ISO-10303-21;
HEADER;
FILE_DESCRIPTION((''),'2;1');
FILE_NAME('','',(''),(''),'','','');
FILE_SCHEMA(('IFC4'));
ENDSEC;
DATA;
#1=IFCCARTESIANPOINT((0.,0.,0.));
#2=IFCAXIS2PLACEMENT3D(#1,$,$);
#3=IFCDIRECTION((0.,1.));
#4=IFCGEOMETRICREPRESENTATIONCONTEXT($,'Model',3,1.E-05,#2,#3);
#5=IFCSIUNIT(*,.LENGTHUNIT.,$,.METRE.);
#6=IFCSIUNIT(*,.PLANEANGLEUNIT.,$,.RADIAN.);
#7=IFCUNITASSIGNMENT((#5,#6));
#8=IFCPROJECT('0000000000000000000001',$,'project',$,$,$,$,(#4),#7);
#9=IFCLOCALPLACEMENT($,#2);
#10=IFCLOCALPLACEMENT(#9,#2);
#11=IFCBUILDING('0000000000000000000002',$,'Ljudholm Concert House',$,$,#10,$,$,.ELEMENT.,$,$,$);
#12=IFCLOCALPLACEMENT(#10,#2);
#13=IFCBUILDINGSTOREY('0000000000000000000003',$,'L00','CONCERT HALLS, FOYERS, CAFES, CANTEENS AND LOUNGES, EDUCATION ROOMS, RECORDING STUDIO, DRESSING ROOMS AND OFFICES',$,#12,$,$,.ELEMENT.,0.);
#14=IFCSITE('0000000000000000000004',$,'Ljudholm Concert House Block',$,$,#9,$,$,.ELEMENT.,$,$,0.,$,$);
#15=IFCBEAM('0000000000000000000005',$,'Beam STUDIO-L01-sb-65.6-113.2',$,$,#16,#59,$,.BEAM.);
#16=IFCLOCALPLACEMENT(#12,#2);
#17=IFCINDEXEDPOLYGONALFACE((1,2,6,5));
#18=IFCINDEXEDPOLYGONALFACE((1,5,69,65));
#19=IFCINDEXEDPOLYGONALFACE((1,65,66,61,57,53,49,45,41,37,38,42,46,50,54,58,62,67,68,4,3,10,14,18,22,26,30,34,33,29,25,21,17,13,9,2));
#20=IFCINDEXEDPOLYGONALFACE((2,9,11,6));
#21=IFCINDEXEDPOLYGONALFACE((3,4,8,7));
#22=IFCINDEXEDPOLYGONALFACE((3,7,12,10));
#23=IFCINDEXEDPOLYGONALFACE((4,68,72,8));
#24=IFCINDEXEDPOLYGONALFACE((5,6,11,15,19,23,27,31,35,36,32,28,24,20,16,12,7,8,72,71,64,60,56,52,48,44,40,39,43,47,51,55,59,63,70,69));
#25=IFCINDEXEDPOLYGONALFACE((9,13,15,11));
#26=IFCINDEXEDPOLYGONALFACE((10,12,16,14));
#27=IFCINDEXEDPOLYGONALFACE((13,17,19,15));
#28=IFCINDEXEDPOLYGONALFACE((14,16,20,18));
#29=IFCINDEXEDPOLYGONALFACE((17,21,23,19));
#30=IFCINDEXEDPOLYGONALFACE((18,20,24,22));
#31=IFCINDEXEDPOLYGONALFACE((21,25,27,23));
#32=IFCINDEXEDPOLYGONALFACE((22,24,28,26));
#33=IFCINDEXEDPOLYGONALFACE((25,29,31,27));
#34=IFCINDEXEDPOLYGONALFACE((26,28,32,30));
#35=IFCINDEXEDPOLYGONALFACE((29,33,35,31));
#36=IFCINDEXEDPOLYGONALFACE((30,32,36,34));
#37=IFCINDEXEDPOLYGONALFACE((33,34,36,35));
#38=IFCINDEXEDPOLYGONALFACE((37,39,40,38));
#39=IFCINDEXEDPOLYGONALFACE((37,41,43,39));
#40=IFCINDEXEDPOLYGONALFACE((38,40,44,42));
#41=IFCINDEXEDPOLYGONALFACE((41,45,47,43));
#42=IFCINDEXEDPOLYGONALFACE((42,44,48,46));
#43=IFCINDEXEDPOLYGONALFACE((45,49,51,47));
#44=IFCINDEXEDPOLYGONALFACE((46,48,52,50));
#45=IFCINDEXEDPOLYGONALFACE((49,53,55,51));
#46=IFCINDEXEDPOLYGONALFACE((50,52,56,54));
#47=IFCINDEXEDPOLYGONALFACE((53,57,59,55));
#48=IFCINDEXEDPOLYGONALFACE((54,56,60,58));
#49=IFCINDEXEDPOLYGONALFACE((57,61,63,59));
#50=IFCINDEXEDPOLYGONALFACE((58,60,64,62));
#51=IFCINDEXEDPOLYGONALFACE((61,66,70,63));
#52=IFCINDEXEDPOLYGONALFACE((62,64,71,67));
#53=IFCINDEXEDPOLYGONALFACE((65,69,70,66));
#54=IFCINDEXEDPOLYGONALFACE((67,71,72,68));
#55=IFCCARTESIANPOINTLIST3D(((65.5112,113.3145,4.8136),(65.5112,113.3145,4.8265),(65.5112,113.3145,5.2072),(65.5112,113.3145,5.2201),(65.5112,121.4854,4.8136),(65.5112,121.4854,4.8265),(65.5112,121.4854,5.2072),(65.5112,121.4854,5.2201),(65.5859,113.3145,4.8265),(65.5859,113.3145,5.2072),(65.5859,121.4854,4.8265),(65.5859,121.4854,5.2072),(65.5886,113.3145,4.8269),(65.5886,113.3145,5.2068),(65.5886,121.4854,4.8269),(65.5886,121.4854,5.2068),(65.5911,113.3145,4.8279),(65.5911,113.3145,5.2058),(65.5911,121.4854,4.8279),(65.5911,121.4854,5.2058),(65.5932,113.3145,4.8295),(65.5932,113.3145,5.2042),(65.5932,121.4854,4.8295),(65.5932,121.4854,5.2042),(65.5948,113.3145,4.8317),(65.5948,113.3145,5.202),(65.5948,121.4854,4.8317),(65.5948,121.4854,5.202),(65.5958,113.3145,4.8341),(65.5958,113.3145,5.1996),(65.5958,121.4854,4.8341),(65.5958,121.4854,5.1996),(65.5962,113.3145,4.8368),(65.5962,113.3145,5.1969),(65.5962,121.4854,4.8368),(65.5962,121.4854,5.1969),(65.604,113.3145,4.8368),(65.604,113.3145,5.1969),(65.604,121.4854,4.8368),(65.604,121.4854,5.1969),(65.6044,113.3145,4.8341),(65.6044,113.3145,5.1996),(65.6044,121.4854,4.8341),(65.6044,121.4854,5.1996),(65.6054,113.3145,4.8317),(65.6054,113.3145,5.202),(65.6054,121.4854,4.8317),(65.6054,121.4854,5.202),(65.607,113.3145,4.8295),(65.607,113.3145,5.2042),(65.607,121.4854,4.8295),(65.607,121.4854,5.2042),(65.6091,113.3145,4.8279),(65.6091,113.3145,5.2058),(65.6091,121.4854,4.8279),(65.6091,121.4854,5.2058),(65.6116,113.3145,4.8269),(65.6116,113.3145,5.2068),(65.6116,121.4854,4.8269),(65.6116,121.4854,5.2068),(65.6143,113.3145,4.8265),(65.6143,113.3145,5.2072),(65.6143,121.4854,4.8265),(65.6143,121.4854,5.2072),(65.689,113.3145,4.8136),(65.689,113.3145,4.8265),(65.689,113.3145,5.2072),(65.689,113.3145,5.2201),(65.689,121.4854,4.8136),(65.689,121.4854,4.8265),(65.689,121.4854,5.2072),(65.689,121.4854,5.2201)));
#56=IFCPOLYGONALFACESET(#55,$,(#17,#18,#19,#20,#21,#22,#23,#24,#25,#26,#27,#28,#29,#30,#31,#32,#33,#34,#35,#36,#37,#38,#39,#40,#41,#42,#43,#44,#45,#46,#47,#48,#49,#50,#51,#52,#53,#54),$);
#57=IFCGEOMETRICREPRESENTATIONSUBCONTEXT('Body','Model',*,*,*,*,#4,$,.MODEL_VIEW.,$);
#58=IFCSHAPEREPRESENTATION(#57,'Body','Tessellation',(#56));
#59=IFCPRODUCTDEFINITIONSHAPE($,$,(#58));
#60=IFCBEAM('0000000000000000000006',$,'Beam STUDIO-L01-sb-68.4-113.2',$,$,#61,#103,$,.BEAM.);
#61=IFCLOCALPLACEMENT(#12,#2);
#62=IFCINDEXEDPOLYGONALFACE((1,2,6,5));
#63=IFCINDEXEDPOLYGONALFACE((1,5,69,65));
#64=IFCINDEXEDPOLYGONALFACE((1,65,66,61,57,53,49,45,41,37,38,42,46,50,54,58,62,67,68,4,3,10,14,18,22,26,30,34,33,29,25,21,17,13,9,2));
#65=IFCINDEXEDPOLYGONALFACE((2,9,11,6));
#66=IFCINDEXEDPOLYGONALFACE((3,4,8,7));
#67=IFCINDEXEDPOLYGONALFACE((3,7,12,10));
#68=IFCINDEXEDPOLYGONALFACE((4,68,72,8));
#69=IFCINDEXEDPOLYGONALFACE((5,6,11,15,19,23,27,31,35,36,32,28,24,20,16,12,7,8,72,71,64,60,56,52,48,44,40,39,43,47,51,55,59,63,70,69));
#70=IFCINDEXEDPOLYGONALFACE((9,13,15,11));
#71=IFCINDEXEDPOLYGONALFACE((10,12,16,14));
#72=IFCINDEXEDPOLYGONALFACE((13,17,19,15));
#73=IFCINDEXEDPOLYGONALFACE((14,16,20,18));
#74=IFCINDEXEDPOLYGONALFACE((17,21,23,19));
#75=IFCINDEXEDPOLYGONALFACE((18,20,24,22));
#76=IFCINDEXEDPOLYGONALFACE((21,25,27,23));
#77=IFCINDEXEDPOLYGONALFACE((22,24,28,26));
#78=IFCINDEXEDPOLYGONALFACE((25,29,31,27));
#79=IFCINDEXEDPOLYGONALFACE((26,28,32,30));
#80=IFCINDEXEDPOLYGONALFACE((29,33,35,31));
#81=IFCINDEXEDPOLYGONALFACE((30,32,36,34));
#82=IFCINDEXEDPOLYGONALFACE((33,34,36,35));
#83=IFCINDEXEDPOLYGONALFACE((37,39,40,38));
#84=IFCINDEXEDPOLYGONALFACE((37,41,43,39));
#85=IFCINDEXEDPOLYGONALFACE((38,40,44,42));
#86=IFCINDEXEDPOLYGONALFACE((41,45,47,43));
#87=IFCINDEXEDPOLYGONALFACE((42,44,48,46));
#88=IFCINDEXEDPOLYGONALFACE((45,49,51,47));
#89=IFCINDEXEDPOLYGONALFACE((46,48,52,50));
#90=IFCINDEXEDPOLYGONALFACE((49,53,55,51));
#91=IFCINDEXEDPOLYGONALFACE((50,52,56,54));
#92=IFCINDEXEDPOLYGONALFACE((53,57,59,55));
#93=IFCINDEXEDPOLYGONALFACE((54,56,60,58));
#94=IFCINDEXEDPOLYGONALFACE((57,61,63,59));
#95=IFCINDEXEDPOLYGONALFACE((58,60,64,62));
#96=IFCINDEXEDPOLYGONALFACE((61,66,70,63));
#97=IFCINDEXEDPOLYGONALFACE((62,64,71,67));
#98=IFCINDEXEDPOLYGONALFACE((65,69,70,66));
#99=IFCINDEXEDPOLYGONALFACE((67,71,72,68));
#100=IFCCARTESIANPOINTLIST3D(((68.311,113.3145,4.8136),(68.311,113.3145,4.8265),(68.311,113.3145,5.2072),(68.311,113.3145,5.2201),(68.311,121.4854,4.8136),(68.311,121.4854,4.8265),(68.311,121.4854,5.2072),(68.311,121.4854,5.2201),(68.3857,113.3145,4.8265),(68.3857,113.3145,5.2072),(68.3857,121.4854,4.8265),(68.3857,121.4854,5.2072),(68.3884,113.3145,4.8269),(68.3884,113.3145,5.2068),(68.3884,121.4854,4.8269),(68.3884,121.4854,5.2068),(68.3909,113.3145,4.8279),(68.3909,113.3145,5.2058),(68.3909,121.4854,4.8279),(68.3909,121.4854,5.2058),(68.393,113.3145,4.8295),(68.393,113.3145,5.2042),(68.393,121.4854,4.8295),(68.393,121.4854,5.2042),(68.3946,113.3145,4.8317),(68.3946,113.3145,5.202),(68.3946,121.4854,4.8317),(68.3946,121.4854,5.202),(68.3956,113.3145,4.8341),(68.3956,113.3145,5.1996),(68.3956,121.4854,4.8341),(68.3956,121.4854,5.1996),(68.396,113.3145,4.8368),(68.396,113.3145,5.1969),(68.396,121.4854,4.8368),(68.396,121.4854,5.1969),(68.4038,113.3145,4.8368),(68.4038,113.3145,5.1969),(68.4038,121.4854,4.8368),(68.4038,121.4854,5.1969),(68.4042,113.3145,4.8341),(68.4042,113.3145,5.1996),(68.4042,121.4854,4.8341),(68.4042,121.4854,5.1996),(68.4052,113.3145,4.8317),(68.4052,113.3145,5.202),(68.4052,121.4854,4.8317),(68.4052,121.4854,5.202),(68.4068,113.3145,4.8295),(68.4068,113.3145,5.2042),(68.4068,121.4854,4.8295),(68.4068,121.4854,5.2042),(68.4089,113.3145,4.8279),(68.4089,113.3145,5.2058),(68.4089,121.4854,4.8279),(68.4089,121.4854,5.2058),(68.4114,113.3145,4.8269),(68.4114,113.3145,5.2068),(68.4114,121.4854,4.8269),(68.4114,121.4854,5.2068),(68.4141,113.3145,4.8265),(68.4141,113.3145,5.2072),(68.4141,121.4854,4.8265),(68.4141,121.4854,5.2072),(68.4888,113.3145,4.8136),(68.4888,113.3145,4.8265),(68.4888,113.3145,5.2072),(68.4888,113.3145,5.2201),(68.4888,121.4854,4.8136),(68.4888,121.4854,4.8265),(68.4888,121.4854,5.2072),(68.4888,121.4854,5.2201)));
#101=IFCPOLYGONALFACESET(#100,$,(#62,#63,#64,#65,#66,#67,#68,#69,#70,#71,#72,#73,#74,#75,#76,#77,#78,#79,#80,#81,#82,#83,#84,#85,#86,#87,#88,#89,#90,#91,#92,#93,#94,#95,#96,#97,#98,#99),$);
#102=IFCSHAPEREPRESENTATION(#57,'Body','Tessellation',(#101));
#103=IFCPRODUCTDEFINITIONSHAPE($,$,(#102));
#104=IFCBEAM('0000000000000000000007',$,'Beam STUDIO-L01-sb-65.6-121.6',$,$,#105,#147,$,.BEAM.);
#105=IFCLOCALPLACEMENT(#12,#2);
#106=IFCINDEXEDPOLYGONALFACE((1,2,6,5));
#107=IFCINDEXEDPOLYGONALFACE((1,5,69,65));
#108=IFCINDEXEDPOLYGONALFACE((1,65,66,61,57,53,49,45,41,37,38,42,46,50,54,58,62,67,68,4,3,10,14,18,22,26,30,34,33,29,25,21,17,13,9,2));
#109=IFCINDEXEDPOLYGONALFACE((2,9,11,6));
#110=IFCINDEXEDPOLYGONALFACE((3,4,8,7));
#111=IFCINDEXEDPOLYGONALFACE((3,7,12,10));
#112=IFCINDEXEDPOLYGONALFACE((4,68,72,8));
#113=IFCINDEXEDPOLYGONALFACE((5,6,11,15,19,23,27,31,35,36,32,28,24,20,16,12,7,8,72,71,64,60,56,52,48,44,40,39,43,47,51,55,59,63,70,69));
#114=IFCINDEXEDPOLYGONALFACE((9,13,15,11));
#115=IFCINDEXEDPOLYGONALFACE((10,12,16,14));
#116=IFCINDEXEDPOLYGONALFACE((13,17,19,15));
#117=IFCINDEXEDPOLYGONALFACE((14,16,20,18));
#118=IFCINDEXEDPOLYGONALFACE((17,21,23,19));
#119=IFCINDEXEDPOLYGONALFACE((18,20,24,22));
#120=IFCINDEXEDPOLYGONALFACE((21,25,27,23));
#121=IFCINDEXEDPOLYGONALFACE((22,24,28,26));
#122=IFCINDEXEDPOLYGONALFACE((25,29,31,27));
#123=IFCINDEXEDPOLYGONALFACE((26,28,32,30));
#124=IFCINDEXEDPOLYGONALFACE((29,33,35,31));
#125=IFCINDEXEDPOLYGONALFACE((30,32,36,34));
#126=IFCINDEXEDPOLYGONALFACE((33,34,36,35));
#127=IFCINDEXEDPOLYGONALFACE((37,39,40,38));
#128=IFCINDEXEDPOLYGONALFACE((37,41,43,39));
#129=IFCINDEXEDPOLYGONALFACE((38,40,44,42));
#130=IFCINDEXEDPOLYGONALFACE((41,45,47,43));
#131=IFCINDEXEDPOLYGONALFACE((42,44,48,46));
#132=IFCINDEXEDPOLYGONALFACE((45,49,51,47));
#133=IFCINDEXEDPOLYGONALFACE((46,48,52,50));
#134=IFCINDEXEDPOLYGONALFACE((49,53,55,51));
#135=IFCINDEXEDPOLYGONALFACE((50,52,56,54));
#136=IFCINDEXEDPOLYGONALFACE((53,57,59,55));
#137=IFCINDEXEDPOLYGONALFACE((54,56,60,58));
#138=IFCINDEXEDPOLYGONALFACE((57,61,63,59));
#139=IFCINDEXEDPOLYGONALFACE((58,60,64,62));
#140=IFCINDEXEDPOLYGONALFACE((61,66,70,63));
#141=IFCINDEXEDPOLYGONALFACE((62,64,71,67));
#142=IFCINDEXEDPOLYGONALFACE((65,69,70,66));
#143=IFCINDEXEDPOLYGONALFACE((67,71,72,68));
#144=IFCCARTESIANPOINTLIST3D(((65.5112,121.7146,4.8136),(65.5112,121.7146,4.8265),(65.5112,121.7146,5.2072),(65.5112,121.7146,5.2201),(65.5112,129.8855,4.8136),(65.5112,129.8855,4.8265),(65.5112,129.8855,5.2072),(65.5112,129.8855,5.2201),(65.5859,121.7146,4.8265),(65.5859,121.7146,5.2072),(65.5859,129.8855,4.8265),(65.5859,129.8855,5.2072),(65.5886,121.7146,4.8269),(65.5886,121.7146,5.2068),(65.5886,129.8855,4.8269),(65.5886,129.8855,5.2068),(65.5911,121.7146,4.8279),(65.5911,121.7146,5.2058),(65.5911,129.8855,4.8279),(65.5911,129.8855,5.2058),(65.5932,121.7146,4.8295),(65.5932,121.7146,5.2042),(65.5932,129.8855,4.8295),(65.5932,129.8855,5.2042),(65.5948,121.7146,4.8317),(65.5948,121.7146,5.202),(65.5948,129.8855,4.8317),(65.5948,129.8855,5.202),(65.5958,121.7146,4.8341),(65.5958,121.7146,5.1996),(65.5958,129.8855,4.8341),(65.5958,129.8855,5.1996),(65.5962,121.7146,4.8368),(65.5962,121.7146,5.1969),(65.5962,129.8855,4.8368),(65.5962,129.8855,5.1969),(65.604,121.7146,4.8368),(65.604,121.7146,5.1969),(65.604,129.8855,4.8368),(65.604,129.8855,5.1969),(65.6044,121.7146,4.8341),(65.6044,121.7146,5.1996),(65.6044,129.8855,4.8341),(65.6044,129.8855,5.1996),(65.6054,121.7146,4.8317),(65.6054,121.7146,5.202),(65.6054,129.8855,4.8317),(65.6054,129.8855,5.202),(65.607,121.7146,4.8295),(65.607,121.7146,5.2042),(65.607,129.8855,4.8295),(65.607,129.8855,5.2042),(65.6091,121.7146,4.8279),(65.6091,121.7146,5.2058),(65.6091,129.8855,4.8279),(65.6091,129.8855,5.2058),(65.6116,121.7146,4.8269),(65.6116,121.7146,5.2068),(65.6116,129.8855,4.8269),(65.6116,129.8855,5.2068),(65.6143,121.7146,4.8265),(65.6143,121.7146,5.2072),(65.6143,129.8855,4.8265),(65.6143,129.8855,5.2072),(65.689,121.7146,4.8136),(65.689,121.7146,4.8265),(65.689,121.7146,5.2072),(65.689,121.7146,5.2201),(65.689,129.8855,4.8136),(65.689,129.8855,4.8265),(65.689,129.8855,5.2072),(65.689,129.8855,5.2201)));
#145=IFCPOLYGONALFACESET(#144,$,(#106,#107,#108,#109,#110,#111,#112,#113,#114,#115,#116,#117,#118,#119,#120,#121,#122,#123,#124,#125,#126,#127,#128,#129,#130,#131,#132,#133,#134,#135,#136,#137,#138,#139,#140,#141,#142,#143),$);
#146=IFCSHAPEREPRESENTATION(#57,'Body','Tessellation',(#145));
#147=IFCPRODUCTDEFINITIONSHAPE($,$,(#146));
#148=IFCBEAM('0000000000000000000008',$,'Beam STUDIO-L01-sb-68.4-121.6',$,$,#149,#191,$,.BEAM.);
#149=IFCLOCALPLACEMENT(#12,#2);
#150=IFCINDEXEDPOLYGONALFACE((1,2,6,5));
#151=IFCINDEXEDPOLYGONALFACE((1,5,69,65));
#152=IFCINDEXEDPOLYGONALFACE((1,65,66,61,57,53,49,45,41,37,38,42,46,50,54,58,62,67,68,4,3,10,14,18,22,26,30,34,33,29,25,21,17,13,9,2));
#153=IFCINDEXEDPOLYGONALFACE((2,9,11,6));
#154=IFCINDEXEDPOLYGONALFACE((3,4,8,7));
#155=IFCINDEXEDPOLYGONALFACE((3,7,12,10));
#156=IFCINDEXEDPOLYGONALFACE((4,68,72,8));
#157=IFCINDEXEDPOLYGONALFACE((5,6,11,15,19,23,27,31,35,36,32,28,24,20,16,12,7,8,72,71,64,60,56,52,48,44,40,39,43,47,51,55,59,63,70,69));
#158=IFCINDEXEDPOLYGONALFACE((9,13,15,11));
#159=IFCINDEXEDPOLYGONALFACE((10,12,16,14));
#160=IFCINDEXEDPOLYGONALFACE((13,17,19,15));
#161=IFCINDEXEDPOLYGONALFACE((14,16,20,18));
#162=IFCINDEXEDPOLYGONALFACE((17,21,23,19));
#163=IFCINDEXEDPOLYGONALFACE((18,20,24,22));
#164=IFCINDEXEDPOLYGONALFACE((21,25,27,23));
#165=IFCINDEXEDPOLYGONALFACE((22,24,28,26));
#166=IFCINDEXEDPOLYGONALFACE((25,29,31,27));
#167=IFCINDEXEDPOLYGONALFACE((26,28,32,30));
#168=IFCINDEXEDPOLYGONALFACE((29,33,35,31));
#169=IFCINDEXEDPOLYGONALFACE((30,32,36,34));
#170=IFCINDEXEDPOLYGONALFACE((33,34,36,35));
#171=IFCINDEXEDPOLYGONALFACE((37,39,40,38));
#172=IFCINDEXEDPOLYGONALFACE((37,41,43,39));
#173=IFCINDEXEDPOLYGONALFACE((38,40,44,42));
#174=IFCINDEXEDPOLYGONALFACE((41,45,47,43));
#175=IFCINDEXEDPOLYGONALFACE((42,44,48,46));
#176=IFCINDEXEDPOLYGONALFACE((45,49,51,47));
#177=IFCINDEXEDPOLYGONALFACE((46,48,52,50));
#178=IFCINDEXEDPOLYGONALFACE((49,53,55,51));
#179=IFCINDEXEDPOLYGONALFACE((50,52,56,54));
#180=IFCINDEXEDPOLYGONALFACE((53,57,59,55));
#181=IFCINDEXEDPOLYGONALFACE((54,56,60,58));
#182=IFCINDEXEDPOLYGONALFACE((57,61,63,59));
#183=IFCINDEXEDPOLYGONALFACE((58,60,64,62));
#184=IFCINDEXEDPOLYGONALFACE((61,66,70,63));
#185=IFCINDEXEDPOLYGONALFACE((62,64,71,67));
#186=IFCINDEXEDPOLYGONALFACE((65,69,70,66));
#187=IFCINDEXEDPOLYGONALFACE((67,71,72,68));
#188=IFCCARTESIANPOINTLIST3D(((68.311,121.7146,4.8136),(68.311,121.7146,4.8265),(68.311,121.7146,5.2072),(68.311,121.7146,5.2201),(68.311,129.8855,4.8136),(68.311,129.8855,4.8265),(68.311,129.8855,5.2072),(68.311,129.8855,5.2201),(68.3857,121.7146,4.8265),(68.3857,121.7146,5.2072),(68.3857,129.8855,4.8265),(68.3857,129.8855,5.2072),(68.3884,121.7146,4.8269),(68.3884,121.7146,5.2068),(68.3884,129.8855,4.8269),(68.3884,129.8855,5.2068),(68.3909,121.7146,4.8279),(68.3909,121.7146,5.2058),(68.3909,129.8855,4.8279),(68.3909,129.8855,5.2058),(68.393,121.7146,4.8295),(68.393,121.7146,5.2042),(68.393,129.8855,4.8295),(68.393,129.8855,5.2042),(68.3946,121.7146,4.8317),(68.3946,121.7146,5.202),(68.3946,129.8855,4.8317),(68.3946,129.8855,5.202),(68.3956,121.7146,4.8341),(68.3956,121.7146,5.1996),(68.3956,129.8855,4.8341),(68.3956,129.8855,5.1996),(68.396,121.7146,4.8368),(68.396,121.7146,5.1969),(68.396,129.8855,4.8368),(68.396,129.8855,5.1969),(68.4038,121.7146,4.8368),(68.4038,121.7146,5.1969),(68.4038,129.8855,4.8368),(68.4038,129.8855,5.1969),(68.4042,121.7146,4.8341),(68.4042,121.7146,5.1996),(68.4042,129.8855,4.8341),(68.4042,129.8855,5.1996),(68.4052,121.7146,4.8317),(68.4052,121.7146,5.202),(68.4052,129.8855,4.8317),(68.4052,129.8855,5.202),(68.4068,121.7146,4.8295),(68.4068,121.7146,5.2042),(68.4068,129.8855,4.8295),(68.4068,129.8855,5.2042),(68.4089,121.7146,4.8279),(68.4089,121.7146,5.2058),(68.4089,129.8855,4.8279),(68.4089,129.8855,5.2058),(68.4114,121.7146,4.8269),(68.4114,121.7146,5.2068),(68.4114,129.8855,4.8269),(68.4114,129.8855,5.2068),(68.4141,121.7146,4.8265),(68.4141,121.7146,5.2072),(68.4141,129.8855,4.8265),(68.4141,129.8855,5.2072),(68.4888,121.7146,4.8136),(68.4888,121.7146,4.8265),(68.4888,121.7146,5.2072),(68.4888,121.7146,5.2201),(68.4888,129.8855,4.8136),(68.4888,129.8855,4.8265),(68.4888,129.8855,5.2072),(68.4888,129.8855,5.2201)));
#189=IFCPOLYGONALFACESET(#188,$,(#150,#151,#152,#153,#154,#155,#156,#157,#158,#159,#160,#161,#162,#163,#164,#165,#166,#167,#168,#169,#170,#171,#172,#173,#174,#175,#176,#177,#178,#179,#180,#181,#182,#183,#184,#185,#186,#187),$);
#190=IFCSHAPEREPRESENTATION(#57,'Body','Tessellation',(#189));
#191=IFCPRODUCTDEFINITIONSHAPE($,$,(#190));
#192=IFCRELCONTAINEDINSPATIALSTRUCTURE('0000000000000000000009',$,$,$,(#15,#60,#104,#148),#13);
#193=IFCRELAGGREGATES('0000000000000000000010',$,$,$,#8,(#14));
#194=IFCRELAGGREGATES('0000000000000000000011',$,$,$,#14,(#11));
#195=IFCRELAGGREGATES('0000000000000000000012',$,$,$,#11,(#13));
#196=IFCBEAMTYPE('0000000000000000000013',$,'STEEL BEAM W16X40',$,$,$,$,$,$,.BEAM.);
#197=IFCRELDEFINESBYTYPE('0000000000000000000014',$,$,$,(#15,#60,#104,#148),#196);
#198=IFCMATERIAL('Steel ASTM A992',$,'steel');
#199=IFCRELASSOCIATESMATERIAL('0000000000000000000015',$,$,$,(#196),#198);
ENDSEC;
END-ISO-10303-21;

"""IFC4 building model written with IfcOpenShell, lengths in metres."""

from ifc_helpers import new_model, si_unit, direction, frame, origin, origin_2d, place, context, subcontext, project, spatial, i_section, extrude, material, material_profile, profile_set, type_object, element, save


model = new_model("IFC4")

# Units and contexts
model_context = context("Model", 3, precision=1e-05, world=origin(), true_north=direction((0.0, 1.0)))
body_context = subcontext(model_context, "Body", "Model", "MODEL_VIEW")
ifc_project = project(units=[si_unit("LENGTHUNIT", "METRE"), si_unit("PLANEANGLEUNIT", "RADIAN")], contexts=[model_context])

# Site, building, storey
site_placement = place(None, origin())
site = spatial("IfcSite", under=ifc_project, at=site_placement, Name="Ljudholm Concert House Block", CompositionType="ELEMENT", RefElevation=0.0)
building_placement = place(site_placement, origin())
building = spatial("IfcBuilding", under=site, at=building_placement, Name="Ljudholm Concert House", CompositionType="ELEMENT")
storey_placement = place(building_placement, origin())
storey = spatial("IfcBuildingStorey", under=building, at=storey_placement, Name="L00", Description="CONCERT HALLS, FOYERS, CAFES, CANTEENS AND LOUNGES, EDUCATION ROOMS, RECORDING STUDIO, DRESSING ROOMS AND OFFICES", CompositionType="ELEMENT", Elevation=0.0)

# Beams
ifc_material_1 = material(Name="Steel ASTM A992", Category="steel")
ifc_material_profile_1 = material_profile(ifc_material_1, i_section(OverallWidth=0.1777, OverallDepth=0.4065, WebThickness=0.0078, FlangeThickness=0.0129, FilletRadius=0.0103, at=origin_2d()), Name="W16X40")
ifc_profile_set_1 = profile_set([ifc_material_profile_1], Name="Steel ASTM A992")
beam_type_1 = type_object("IfcBeamType", Name="STEEL BEAM W16X40", PredefinedType="BEAM", material=ifc_profile_set_1)
for number, where, z_axis, x_axis, name in (
    (1, (65.6001, 113.3145, 5.0168), (0.0, 1.0, 0.0), (-1.0, 0.0, 0.0), "Beam STUDIO-L01-sb-65.6-113.2"),
    (2, (68.3999, 113.3145, 5.0168), (0.0, 1.0, 0.0), (-1.0, 0.0, 0.0), "Beam STUDIO-L01-sb-68.4-113.2"),
    (3, (65.6001, 121.7146, 5.0168), (0.0, 1.0, 0.0), (-1.0, 0.0, 0.0), "Beam STUDIO-L01-sb-65.6-121.6"),
    (4, (68.3999, 121.7146, 5.0168), (0.0, 1.0, 0.0), (-1.0, 0.0, 0.0), "Beam STUDIO-L01-sb-68.4-121.6"),
):
    element("IfcBeam", number, at=place(storey_placement, frame(where, z_axis=z_axis, x_axis=x_axis)), inside=storey, type_object=beam_type_1, Name=name, PredefinedType="BEAM", context=body_context, shape_type="SweptSolid", body=[
        extrude(i_section(OverallWidth=0.1777, OverallDepth=0.4065, WebThickness=0.0078, FlangeThickness=0.0129, FilletRadius=0.0103, at=origin_2d()), origin(), (0.0, 0.0, 1.0), 8.1709),
    ])

save(model, "model.ifc")
